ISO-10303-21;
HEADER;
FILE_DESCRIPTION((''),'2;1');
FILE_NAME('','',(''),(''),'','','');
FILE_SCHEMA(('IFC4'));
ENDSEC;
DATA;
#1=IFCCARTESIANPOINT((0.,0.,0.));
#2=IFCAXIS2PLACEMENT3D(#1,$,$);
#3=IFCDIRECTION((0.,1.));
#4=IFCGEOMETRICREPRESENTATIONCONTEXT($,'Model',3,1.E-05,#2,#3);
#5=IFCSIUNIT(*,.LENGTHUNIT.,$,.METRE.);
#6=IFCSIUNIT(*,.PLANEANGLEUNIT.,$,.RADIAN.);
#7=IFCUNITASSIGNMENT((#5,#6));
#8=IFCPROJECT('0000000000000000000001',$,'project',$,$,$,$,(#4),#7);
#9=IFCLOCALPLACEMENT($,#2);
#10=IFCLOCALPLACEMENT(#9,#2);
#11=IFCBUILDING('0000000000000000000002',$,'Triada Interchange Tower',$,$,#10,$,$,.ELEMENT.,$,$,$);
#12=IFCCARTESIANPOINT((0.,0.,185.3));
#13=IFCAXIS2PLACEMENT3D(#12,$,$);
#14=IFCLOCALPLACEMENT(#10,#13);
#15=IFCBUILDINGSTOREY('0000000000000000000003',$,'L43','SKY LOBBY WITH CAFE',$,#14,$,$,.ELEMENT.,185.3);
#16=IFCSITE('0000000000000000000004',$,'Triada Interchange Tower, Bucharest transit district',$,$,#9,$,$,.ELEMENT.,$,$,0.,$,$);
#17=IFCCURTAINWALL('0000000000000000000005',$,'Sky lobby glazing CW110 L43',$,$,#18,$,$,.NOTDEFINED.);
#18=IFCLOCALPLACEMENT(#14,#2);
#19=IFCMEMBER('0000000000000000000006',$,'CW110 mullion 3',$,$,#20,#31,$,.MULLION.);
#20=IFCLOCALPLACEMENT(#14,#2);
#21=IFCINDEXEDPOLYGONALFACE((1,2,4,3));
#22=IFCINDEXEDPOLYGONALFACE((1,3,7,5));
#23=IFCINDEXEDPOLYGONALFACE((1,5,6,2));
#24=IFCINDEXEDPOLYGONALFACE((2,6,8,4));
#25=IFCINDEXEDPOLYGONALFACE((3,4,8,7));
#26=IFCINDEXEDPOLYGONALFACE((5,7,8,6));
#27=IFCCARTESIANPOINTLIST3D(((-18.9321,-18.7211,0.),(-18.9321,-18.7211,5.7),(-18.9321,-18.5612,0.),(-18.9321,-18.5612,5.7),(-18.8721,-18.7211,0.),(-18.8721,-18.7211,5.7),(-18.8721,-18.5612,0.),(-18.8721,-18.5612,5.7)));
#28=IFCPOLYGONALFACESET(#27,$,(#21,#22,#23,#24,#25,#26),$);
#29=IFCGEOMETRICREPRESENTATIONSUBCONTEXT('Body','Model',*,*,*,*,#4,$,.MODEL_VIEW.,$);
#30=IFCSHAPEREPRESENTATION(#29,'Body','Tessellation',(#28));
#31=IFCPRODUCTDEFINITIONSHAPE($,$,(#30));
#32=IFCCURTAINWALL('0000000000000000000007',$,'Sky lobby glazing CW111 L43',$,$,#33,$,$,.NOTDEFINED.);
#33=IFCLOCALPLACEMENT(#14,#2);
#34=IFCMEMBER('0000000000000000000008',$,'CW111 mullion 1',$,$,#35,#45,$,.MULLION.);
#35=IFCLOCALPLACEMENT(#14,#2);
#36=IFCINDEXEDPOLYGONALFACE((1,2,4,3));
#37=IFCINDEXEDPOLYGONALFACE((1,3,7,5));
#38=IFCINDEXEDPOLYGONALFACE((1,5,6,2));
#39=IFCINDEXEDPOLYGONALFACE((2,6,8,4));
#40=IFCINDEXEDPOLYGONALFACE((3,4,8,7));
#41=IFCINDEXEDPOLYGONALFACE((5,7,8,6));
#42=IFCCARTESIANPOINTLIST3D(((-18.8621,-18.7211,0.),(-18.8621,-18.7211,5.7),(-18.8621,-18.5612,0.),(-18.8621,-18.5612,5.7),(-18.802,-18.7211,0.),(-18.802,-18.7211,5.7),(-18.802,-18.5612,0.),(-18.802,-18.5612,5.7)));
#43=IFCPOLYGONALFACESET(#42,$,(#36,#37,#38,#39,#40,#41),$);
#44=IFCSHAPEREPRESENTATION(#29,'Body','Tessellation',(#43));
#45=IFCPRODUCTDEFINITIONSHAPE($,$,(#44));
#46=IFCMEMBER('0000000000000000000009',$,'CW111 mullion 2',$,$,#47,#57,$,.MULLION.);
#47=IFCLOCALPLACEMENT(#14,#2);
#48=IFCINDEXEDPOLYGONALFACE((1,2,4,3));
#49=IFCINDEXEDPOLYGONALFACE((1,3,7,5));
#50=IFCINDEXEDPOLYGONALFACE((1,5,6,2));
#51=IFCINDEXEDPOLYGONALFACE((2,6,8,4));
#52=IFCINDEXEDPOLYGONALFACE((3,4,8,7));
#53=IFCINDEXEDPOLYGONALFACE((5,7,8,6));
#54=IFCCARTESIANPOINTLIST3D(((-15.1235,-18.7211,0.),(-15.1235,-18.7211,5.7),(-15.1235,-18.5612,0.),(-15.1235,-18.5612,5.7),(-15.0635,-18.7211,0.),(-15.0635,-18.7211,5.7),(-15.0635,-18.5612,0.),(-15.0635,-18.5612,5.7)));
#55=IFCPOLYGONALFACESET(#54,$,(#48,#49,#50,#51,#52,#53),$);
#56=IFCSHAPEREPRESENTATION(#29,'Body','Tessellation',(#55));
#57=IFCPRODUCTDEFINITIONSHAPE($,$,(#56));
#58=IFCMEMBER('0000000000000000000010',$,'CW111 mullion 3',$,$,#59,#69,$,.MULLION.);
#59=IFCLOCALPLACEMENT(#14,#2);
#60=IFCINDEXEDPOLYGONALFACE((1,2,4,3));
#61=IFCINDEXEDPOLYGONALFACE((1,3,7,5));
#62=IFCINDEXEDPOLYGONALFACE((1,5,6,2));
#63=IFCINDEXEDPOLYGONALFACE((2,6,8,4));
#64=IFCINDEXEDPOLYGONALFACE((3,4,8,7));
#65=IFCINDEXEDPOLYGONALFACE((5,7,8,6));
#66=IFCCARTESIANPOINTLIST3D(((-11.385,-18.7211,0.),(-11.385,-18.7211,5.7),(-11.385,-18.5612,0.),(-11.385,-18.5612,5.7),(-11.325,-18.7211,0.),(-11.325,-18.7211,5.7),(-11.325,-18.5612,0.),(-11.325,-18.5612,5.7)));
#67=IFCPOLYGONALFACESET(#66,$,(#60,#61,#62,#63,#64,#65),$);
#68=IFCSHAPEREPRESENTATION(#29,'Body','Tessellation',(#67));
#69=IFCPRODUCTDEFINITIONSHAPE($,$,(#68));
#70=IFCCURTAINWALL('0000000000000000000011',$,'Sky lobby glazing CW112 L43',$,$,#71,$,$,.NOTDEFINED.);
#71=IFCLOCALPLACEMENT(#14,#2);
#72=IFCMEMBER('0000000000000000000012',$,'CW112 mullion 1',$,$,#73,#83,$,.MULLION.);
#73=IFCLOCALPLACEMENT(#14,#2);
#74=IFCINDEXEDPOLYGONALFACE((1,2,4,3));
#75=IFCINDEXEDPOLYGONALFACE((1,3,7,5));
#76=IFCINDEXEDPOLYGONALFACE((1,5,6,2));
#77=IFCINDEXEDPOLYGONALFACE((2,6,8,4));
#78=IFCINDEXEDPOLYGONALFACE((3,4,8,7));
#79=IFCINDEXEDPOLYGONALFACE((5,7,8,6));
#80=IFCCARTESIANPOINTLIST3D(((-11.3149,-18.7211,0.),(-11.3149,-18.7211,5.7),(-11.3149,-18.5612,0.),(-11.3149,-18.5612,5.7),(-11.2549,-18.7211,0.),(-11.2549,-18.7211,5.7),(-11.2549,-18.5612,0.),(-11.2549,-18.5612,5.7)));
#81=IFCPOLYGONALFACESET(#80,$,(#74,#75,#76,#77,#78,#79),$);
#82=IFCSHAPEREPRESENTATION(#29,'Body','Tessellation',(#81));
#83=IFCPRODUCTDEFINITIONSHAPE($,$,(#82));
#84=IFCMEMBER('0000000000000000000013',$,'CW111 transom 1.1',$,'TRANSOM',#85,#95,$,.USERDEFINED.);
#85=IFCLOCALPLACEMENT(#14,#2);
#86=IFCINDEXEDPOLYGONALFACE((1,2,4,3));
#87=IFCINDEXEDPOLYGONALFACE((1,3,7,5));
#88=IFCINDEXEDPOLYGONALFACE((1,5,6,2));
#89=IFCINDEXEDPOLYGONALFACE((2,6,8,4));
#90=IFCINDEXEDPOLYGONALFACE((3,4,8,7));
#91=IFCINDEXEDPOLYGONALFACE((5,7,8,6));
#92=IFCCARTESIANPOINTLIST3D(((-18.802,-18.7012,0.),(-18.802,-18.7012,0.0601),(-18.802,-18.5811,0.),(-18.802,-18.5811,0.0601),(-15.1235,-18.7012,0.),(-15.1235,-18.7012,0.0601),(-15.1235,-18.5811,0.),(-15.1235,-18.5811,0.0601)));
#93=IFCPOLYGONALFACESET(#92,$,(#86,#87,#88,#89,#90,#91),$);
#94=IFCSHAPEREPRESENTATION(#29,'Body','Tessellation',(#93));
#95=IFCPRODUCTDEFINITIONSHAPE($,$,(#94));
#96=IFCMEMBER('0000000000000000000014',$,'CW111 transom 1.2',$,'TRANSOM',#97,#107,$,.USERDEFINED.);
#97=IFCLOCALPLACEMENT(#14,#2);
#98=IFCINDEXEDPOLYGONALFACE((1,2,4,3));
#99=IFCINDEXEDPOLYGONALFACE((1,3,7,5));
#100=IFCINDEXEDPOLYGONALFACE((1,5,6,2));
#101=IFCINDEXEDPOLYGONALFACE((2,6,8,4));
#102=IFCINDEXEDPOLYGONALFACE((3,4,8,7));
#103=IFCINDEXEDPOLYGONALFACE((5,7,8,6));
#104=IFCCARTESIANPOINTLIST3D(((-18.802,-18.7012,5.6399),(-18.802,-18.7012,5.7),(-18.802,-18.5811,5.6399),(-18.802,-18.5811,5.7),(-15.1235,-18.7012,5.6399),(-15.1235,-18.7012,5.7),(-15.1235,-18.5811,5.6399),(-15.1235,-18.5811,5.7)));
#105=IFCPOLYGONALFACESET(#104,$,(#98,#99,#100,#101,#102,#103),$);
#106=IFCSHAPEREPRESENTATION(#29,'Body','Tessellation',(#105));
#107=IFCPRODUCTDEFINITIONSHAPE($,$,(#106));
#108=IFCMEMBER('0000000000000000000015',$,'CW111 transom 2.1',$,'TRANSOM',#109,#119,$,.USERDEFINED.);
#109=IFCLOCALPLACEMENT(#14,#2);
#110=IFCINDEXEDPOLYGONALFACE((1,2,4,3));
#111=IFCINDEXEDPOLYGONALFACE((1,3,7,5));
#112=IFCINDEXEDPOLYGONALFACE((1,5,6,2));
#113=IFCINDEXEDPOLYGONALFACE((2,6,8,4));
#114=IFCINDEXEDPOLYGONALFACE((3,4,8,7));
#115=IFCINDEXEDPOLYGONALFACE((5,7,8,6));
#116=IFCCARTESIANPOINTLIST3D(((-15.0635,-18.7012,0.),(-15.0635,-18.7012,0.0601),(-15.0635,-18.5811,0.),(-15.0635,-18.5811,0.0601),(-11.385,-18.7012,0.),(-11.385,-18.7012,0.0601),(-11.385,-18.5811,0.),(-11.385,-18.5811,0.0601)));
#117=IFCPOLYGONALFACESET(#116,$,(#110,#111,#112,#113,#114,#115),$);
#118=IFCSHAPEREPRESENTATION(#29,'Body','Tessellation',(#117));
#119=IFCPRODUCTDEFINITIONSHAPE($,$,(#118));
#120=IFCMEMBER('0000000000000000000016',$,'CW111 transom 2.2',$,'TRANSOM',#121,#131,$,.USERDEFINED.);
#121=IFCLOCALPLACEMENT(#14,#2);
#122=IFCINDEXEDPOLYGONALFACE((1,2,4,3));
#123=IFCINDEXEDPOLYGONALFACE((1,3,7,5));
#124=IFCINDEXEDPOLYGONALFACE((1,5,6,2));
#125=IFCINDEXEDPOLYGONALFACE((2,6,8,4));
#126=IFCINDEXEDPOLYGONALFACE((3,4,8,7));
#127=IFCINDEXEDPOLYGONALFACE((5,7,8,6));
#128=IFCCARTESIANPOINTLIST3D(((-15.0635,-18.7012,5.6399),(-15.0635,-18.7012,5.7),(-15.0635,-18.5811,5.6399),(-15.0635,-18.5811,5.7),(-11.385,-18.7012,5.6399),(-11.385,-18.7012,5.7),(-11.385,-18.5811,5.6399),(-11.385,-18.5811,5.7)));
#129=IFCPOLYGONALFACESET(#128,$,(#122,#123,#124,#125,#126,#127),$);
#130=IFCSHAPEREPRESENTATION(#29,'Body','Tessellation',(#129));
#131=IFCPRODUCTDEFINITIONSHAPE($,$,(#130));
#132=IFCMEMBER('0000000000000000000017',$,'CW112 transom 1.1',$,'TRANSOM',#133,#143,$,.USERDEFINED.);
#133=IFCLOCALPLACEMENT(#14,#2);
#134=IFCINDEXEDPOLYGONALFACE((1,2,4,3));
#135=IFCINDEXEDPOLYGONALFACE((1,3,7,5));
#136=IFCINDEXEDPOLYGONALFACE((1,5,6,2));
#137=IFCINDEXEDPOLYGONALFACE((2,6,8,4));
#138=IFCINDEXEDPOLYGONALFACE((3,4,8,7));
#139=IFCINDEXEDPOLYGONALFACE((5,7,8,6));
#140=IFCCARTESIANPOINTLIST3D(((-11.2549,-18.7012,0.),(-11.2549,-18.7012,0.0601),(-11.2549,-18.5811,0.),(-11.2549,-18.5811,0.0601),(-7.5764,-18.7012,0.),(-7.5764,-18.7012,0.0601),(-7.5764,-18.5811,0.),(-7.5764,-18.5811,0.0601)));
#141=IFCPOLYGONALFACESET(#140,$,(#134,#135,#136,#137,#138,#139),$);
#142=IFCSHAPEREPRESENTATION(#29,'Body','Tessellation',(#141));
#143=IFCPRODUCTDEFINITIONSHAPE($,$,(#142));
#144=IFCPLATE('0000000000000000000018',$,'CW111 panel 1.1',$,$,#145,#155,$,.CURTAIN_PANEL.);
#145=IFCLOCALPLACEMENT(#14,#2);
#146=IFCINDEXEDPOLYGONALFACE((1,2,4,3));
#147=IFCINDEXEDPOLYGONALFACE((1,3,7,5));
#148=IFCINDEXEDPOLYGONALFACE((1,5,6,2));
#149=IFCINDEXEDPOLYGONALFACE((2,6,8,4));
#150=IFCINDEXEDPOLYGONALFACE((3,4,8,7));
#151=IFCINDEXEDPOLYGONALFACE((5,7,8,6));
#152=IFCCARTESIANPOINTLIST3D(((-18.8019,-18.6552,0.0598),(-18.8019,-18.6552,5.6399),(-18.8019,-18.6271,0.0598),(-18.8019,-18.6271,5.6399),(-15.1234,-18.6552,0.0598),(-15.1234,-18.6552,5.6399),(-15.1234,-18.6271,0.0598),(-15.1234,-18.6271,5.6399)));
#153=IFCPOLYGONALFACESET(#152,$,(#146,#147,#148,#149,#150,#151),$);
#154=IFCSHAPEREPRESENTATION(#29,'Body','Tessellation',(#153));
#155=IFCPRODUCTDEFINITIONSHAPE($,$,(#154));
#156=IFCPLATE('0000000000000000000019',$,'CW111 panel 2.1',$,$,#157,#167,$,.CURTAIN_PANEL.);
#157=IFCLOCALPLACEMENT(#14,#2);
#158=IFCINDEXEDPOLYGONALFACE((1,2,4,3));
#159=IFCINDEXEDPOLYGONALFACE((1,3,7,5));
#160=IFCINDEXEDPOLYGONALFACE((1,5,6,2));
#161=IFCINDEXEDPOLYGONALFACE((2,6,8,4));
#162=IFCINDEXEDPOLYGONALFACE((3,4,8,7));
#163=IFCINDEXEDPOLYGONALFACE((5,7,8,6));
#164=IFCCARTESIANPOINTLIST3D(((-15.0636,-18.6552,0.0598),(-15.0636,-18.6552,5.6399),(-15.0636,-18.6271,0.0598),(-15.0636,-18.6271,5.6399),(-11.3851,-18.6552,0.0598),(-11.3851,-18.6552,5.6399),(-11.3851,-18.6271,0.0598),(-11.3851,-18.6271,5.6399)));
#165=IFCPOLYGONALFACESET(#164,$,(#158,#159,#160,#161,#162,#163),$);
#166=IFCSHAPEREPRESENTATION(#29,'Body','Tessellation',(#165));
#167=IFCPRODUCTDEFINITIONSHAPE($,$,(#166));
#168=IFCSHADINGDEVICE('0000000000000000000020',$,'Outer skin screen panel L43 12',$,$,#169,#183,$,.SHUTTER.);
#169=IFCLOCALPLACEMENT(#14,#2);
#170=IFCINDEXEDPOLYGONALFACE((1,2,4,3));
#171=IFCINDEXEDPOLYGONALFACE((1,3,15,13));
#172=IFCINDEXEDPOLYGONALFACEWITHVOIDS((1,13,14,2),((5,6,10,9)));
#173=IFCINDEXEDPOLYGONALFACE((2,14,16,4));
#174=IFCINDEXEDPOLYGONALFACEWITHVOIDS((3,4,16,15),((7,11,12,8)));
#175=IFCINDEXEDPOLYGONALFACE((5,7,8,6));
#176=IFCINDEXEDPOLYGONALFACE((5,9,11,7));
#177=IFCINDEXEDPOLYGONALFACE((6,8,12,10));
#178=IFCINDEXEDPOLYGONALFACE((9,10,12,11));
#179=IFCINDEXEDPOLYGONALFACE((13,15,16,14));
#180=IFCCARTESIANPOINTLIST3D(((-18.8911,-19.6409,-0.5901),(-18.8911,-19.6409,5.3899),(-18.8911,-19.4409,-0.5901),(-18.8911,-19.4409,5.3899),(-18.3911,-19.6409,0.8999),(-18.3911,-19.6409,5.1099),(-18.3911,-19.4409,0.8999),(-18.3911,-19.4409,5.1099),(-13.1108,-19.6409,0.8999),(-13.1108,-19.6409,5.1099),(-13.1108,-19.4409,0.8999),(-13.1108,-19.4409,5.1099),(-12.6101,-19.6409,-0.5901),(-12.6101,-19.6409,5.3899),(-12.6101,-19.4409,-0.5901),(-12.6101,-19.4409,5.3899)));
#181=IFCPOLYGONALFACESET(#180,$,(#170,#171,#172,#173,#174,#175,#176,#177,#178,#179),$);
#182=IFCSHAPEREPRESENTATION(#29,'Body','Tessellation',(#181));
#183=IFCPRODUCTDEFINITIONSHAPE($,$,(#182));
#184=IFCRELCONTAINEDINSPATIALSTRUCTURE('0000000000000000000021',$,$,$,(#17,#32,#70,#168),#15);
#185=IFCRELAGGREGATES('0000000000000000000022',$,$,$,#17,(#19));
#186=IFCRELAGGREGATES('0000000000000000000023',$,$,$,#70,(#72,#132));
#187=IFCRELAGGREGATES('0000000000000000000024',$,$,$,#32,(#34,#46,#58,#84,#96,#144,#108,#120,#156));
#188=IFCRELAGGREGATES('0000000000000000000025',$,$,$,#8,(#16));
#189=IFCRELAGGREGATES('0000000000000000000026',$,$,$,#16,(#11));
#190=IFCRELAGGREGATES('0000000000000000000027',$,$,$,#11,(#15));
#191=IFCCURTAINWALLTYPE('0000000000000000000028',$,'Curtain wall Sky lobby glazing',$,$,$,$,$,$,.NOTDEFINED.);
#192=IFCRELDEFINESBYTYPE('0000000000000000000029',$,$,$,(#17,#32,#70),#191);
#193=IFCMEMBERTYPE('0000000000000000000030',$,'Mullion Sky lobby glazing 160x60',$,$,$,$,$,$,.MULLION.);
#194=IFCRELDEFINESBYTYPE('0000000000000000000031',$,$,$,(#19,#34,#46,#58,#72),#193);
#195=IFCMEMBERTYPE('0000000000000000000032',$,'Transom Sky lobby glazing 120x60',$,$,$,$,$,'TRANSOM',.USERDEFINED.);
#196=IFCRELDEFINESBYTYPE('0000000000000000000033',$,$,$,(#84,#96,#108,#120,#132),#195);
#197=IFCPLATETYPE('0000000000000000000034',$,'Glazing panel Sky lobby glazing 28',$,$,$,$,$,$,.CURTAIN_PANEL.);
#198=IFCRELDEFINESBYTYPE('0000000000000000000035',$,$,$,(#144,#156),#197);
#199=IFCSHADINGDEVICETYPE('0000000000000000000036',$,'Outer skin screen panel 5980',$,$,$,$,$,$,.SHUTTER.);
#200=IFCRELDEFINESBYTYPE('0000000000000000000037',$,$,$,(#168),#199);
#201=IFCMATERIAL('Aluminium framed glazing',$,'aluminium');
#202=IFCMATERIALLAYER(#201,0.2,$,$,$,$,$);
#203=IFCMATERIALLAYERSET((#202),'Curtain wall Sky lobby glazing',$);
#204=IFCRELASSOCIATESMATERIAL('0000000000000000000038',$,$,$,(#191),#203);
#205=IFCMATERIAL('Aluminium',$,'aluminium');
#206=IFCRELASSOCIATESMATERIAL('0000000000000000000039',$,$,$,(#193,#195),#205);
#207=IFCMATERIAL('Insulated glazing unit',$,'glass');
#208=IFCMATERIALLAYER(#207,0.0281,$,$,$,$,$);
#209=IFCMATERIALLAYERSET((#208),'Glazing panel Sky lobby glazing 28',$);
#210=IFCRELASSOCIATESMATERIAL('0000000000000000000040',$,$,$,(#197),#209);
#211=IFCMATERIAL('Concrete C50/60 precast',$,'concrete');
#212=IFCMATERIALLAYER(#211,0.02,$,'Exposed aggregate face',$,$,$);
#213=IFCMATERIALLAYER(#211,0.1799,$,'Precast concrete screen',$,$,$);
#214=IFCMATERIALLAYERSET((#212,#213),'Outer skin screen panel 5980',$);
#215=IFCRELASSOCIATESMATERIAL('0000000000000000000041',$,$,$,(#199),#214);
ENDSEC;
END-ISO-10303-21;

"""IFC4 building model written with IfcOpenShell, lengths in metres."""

from ifc_helpers import new_model, si_unit, direction, frame, origin, origin_2d, place, context, subcontext, project, spatial, polyline, rectangle, outline, extrude, material, layer, layer_set, material_profile, profile_set, type_object, element, aggregate, save


model = new_model("IFC4")

# Units and contexts
model_context = context("Model", 3, precision=1e-05, world=origin(), true_north=direction((0.0, 1.0)))
body_context = subcontext(model_context, "Body", "Model", "MODEL_VIEW")
ifc_project = project(units=[si_unit("LENGTHUNIT", "METRE"), si_unit("PLANEANGLEUNIT", "RADIAN")], contexts=[model_context])

# Site, building, storey
site_placement = place(None, origin())
site = spatial("IfcSite", under=ifc_project, at=site_placement, Name="Triada Interchange Tower, Bucharest transit district", CompositionType="ELEMENT", RefElevation=0.0)
building_placement = place(site_placement, origin())
building = spatial("IfcBuilding", under=site, at=building_placement, Name="Triada Interchange Tower", CompositionType="ELEMENT")
storey_placement = place(building_placement, frame((0.0, 0.0, 185.3)))
storey = spatial("IfcBuildingStorey", under=building, at=storey_placement, Name="L43", Description="SKY LOBBY WITH CAFE", CompositionType="ELEMENT", Elevation=185.3)

# Curtain wall, member
ifc_material_1 = material(Name="Aluminium framed glazing", Category="aluminium")
ifc_layer_1 = layer(ifc_material_1, 0.2)
ifc_layer_set_1 = layer_set([ifc_layer_1], Name="Curtain wall Sky lobby glazing")
curtain_wall_type = type_object("IfcCurtainWallType", Name="Curtain wall Sky lobby glazing", PredefinedType="NOTDEFINED", material=ifc_layer_set_1)
curtain_wall_1_placement = place(storey_placement, origin())
curtain_wall_1 = element("IfcCurtainWall", 1, at=curtain_wall_1_placement, inside=storey, type_object=curtain_wall_type, Name="Sky lobby glazing CW110 L43", PredefinedType="NOTDEFINED")
ifc_material_2 = material(Name="Aluminium", Category="aluminium")
ifc_material_profile_1 = material_profile(ifc_material_2, rectangle(XDim=0.1599, YDim=0.0601, at=origin_2d()), Name="Aluminium mullion")
ifc_profile_set_1 = profile_set([ifc_material_profile_1], Name="Aluminium")
member_type_1 = type_object("IfcMemberType", Name="Mullion Sky lobby glazing 160x60", PredefinedType="MULLION", material=ifc_profile_set_1)
member_1_placement = place(storey_placement, frame((-18.9021, -18.6411, 0.0), z_axis=(0.0, 0.0, 1.0), x_axis=(0.0, 1.0, 0.0)))
member_1 = element("IfcMember", 2, at=member_1_placement, type_object=member_type_1, Name="CW110 mullion 3", PredefinedType="MULLION", context=body_context, shape_type="SweptSolid", body=[
    extrude(rectangle(XDim=0.1599, YDim=0.0601, at=origin_2d()), origin(), (0.0, 0.0, 1.0), 5.7),
])
aggregate(curtain_wall_1, [member_1])

# Curtain wall, members
curtain_wall_2_placement = place(storey_placement, origin())
curtain_wall_2 = element("IfcCurtainWall", 3, at=curtain_wall_2_placement, inside=storey, type_object=curtain_wall_type, Name="Sky lobby glazing CW111 L43", PredefinedType="NOTDEFINED")
member_2_placement = place(storey_placement, frame((-18.832, -18.6411, 0.0), z_axis=(0.0, 0.0, 1.0), x_axis=(0.0, 1.0, 0.0)))
member_2 = element("IfcMember", 4, at=member_2_placement, type_object=member_type_1, Name="CW111 mullion 1", PredefinedType="MULLION", context=body_context, shape_type="SweptSolid", body=[
    extrude(rectangle(XDim=0.1599, YDim=0.0601, at=origin_2d()), origin(), (0.0, 0.0, 1.0), 5.7),
])
member_3_placement = place(storey_placement, frame((-15.0935, -18.6411, 0.0), z_axis=(0.0, 0.0, 1.0), x_axis=(0.0, 1.0, 0.0)))
member_3 = element("IfcMember", 5, at=member_3_placement, type_object=member_type_1, Name="CW111 mullion 2", PredefinedType="MULLION", context=body_context, shape_type="SweptSolid", body=[
    extrude(rectangle(XDim=0.1599, YDim=0.0601, at=origin_2d()), origin(), (0.0, 0.0, 1.0), 5.7),
])
member_4_placement = place(storey_placement, frame((-11.355, -18.6411, 0.0), z_axis=(0.0, 0.0, 1.0), x_axis=(0.0, 1.0, 0.0)))
member_4 = element("IfcMember", 6, at=member_4_placement, type_object=member_type_1, Name="CW111 mullion 3", PredefinedType="MULLION", context=body_context, shape_type="SweptSolid", body=[
    extrude(rectangle(XDim=0.1599, YDim=0.0601, at=origin_2d()), origin(), (0.0, 0.0, 1.0), 5.7),
])

# Curtain wall, member
curtain_wall_3_placement = place(storey_placement, origin())
curtain_wall_3 = element("IfcCurtainWall", 7, at=curtain_wall_3_placement, inside=storey, type_object=curtain_wall_type, Name="Sky lobby glazing CW112 L43", PredefinedType="NOTDEFINED")
member_5_placement = place(storey_placement, frame((-11.2849, -18.6411, 0.0), z_axis=(0.0, 0.0, 1.0), x_axis=(0.0, 1.0, 0.0)))
member_5 = element("IfcMember", 8, at=member_5_placement, type_object=member_type_1, Name="CW112 mullion 1", PredefinedType="MULLION", context=body_context, shape_type="SweptSolid", body=[
    extrude(rectangle(XDim=0.1599, YDim=0.0601, at=origin_2d()), origin(), (0.0, 0.0, 1.0), 5.7),
])

# Members
ifc_material_profile_2 = material_profile(ifc_material_2, rectangle(XDim=0.1201, YDim=0.0601, at=origin_2d()), Name="Aluminium transom")
ifc_profile_set_2 = profile_set([ifc_material_profile_2], Name="Aluminium")
member_type_2 = type_object("IfcMemberType", Name="Transom Sky lobby glazing 120x60", ElementType="TRANSOM", PredefinedType="USERDEFINED", material=ifc_profile_set_2)
member_6_placement = place(storey_placement, frame((-18.802, -18.6411, 0.03), z_axis=(1.0, 0.0, 0.0), x_axis=(0.0, 1.0, 0.0)))
member_6 = element("IfcMember", 9, at=member_6_placement, type_object=member_type_2, Name="CW111 transom 1.1", ObjectType="TRANSOM", PredefinedType="USERDEFINED", context=body_context, shape_type="SweptSolid", body=[
    extrude(rectangle(XDim=0.1201, YDim=0.0601, at=origin_2d()), origin(), (0.0, 0.0, 1.0), 3.6785),
])
member_7_placement = place(storey_placement, frame((-18.802, -18.6411, 5.6699), z_axis=(1.0, 0.0, 0.0), x_axis=(0.0, 1.0, 0.0)))
member_7 = element("IfcMember", 10, at=member_7_placement, type_object=member_type_2, Name="CW111 transom 1.2", ObjectType="TRANSOM", PredefinedType="USERDEFINED", context=body_context, shape_type="SweptSolid", body=[
    extrude(rectangle(XDim=0.1201, YDim=0.0601, at=origin_2d()), origin(), (0.0, 0.0, 1.0), 3.6785),
])
member_8_placement = place(storey_placement, frame((-15.0635, -18.6411, 0.03), z_axis=(1.0, 0.0, 0.0), x_axis=(0.0, 1.0, 0.0)))
member_8 = element("IfcMember", 11, at=member_8_placement, type_object=member_type_2, Name="CW111 transom 2.1", ObjectType="TRANSOM", PredefinedType="USERDEFINED", context=body_context, shape_type="SweptSolid", body=[
    extrude(rectangle(XDim=0.1201, YDim=0.0601, at=origin_2d()), origin(), (0.0, 0.0, 1.0), 3.6785),
])
member_9_placement = place(storey_placement, frame((-15.0635, -18.6411, 5.6699), z_axis=(1.0, 0.0, 0.0), x_axis=(0.0, 1.0, 0.0)))
member_9 = element("IfcMember", 12, at=member_9_placement, type_object=member_type_2, Name="CW111 transom 2.2", ObjectType="TRANSOM", PredefinedType="USERDEFINED", context=body_context, shape_type="SweptSolid", body=[
    extrude(rectangle(XDim=0.1201, YDim=0.0601, at=origin_2d()), origin(), (0.0, 0.0, 1.0), 3.6785),
])
member_10_placement = place(storey_placement, frame((-11.2549, -18.6411, 0.03), z_axis=(1.0, 0.0, 0.0), x_axis=(0.0, 1.0, 0.0)))
member_10 = element("IfcMember", 13, at=member_10_placement, type_object=member_type_2, Name="CW112 transom 1.1", ObjectType="TRANSOM", PredefinedType="USERDEFINED", context=body_context, shape_type="SweptSolid", body=[
    extrude(rectangle(XDim=0.1201, YDim=0.0601, at=origin_2d()), origin(), (0.0, 0.0, 1.0), 3.6785),
])
aggregate(curtain_wall_3, [member_5, member_10])

# Plates
ifc_material_3 = material(Name="Insulated glazing unit", Category="glass")
ifc_layer_2 = layer(ifc_material_3, 0.0281)
ifc_layer_set_2 = layer_set([ifc_layer_2], Name="Glazing panel Sky lobby glazing 28")
plate_type = type_object("IfcPlateType", Name="Glazing panel Sky lobby glazing 28", PredefinedType="CURTAIN_PANEL", material=ifc_layer_set_2)
plate_1_placement = place(storey_placement, frame((-16.9626, -18.6411, 0.0598), z_axis=(0.0, 0.0, 1.0), x_axis=(1.0, 0.0, 0.0)))
plate_1 = element("IfcPlate", 14, at=plate_1_placement, type_object=plate_type, Name="CW111 panel 1.1", PredefinedType="CURTAIN_PANEL", context=body_context, shape_type="SweptSolid", body=[
    extrude(rectangle(XDim=3.6785, YDim=0.0281, at=origin_2d()), origin(), (0.0, 0.0, 1.0), 5.5801),
])
plate_2_placement = place(storey_placement, frame((-13.2244, -18.6411, 0.0598), z_axis=(0.0, 0.0, 1.0), x_axis=(1.0, 0.0, 0.0)))
plate_2 = element("IfcPlate", 15, at=plate_2_placement, type_object=plate_type, Name="CW111 panel 2.1", PredefinedType="CURTAIN_PANEL", context=body_context, shape_type="SweptSolid", body=[
    extrude(rectangle(XDim=3.6785, YDim=0.0281, at=origin_2d()), origin(), (0.0, 0.0, 1.0), 5.5801),
])
aggregate(curtain_wall_2, [member_2, member_3, member_4, member_6, member_7, plate_1, member_8, member_9, plate_2])

# Shading device
ifc_material_4 = material(Name="Concrete C50/60 precast", Category="concrete")
ifc_layer_3 = layer(ifc_material_4, 0.02, Name="Exposed aggregate face")
ifc_layer_4 = layer(ifc_material_4, 0.1799, Name="Precast concrete screen")
ifc_layer_set_3 = layer_set([ifc_layer_3, ifc_layer_4], Name="Outer skin screen panel 5980")
shading_device_type = type_object("IfcShadingDeviceType", Name="Outer skin screen panel 5980", PredefinedType="SHUTTER", material=ifc_layer_set_3)
shading_device_1_placement = place(storey_placement, frame((-18.8911, -19.4409, -0.5901), z_axis=(0.0, 0.0, 1.0), x_axis=(1.0, 0.0, 0.0)))
element("IfcShadingDevice", 16, at=shading_device_1_placement, inside=storey, type_object=shading_device_type, Name="Outer skin screen panel L43 12", PredefinedType="SHUTTER", context=body_context, shape_type="SweptSolid", body=[
    extrude(outline(polyline([(0.0, 0.0), (6.281, 0.0), (6.281, 5.98), (0.0, 5.98), (0.0, 0.0)]), holes=[polyline([(0.5, 1.49), (0.5, 5.7), (5.7803, 5.7), (5.7803, 1.49), (0.5, 1.49)])]), frame((0.0, 0.0, 0.0), z_axis=(0.0, -1.0, 0.0), x_axis=(1.0, 0.0, 0.0)), (0.0, 0.0, 1.0), 0.2),
])

save(model, "model.ifc")
